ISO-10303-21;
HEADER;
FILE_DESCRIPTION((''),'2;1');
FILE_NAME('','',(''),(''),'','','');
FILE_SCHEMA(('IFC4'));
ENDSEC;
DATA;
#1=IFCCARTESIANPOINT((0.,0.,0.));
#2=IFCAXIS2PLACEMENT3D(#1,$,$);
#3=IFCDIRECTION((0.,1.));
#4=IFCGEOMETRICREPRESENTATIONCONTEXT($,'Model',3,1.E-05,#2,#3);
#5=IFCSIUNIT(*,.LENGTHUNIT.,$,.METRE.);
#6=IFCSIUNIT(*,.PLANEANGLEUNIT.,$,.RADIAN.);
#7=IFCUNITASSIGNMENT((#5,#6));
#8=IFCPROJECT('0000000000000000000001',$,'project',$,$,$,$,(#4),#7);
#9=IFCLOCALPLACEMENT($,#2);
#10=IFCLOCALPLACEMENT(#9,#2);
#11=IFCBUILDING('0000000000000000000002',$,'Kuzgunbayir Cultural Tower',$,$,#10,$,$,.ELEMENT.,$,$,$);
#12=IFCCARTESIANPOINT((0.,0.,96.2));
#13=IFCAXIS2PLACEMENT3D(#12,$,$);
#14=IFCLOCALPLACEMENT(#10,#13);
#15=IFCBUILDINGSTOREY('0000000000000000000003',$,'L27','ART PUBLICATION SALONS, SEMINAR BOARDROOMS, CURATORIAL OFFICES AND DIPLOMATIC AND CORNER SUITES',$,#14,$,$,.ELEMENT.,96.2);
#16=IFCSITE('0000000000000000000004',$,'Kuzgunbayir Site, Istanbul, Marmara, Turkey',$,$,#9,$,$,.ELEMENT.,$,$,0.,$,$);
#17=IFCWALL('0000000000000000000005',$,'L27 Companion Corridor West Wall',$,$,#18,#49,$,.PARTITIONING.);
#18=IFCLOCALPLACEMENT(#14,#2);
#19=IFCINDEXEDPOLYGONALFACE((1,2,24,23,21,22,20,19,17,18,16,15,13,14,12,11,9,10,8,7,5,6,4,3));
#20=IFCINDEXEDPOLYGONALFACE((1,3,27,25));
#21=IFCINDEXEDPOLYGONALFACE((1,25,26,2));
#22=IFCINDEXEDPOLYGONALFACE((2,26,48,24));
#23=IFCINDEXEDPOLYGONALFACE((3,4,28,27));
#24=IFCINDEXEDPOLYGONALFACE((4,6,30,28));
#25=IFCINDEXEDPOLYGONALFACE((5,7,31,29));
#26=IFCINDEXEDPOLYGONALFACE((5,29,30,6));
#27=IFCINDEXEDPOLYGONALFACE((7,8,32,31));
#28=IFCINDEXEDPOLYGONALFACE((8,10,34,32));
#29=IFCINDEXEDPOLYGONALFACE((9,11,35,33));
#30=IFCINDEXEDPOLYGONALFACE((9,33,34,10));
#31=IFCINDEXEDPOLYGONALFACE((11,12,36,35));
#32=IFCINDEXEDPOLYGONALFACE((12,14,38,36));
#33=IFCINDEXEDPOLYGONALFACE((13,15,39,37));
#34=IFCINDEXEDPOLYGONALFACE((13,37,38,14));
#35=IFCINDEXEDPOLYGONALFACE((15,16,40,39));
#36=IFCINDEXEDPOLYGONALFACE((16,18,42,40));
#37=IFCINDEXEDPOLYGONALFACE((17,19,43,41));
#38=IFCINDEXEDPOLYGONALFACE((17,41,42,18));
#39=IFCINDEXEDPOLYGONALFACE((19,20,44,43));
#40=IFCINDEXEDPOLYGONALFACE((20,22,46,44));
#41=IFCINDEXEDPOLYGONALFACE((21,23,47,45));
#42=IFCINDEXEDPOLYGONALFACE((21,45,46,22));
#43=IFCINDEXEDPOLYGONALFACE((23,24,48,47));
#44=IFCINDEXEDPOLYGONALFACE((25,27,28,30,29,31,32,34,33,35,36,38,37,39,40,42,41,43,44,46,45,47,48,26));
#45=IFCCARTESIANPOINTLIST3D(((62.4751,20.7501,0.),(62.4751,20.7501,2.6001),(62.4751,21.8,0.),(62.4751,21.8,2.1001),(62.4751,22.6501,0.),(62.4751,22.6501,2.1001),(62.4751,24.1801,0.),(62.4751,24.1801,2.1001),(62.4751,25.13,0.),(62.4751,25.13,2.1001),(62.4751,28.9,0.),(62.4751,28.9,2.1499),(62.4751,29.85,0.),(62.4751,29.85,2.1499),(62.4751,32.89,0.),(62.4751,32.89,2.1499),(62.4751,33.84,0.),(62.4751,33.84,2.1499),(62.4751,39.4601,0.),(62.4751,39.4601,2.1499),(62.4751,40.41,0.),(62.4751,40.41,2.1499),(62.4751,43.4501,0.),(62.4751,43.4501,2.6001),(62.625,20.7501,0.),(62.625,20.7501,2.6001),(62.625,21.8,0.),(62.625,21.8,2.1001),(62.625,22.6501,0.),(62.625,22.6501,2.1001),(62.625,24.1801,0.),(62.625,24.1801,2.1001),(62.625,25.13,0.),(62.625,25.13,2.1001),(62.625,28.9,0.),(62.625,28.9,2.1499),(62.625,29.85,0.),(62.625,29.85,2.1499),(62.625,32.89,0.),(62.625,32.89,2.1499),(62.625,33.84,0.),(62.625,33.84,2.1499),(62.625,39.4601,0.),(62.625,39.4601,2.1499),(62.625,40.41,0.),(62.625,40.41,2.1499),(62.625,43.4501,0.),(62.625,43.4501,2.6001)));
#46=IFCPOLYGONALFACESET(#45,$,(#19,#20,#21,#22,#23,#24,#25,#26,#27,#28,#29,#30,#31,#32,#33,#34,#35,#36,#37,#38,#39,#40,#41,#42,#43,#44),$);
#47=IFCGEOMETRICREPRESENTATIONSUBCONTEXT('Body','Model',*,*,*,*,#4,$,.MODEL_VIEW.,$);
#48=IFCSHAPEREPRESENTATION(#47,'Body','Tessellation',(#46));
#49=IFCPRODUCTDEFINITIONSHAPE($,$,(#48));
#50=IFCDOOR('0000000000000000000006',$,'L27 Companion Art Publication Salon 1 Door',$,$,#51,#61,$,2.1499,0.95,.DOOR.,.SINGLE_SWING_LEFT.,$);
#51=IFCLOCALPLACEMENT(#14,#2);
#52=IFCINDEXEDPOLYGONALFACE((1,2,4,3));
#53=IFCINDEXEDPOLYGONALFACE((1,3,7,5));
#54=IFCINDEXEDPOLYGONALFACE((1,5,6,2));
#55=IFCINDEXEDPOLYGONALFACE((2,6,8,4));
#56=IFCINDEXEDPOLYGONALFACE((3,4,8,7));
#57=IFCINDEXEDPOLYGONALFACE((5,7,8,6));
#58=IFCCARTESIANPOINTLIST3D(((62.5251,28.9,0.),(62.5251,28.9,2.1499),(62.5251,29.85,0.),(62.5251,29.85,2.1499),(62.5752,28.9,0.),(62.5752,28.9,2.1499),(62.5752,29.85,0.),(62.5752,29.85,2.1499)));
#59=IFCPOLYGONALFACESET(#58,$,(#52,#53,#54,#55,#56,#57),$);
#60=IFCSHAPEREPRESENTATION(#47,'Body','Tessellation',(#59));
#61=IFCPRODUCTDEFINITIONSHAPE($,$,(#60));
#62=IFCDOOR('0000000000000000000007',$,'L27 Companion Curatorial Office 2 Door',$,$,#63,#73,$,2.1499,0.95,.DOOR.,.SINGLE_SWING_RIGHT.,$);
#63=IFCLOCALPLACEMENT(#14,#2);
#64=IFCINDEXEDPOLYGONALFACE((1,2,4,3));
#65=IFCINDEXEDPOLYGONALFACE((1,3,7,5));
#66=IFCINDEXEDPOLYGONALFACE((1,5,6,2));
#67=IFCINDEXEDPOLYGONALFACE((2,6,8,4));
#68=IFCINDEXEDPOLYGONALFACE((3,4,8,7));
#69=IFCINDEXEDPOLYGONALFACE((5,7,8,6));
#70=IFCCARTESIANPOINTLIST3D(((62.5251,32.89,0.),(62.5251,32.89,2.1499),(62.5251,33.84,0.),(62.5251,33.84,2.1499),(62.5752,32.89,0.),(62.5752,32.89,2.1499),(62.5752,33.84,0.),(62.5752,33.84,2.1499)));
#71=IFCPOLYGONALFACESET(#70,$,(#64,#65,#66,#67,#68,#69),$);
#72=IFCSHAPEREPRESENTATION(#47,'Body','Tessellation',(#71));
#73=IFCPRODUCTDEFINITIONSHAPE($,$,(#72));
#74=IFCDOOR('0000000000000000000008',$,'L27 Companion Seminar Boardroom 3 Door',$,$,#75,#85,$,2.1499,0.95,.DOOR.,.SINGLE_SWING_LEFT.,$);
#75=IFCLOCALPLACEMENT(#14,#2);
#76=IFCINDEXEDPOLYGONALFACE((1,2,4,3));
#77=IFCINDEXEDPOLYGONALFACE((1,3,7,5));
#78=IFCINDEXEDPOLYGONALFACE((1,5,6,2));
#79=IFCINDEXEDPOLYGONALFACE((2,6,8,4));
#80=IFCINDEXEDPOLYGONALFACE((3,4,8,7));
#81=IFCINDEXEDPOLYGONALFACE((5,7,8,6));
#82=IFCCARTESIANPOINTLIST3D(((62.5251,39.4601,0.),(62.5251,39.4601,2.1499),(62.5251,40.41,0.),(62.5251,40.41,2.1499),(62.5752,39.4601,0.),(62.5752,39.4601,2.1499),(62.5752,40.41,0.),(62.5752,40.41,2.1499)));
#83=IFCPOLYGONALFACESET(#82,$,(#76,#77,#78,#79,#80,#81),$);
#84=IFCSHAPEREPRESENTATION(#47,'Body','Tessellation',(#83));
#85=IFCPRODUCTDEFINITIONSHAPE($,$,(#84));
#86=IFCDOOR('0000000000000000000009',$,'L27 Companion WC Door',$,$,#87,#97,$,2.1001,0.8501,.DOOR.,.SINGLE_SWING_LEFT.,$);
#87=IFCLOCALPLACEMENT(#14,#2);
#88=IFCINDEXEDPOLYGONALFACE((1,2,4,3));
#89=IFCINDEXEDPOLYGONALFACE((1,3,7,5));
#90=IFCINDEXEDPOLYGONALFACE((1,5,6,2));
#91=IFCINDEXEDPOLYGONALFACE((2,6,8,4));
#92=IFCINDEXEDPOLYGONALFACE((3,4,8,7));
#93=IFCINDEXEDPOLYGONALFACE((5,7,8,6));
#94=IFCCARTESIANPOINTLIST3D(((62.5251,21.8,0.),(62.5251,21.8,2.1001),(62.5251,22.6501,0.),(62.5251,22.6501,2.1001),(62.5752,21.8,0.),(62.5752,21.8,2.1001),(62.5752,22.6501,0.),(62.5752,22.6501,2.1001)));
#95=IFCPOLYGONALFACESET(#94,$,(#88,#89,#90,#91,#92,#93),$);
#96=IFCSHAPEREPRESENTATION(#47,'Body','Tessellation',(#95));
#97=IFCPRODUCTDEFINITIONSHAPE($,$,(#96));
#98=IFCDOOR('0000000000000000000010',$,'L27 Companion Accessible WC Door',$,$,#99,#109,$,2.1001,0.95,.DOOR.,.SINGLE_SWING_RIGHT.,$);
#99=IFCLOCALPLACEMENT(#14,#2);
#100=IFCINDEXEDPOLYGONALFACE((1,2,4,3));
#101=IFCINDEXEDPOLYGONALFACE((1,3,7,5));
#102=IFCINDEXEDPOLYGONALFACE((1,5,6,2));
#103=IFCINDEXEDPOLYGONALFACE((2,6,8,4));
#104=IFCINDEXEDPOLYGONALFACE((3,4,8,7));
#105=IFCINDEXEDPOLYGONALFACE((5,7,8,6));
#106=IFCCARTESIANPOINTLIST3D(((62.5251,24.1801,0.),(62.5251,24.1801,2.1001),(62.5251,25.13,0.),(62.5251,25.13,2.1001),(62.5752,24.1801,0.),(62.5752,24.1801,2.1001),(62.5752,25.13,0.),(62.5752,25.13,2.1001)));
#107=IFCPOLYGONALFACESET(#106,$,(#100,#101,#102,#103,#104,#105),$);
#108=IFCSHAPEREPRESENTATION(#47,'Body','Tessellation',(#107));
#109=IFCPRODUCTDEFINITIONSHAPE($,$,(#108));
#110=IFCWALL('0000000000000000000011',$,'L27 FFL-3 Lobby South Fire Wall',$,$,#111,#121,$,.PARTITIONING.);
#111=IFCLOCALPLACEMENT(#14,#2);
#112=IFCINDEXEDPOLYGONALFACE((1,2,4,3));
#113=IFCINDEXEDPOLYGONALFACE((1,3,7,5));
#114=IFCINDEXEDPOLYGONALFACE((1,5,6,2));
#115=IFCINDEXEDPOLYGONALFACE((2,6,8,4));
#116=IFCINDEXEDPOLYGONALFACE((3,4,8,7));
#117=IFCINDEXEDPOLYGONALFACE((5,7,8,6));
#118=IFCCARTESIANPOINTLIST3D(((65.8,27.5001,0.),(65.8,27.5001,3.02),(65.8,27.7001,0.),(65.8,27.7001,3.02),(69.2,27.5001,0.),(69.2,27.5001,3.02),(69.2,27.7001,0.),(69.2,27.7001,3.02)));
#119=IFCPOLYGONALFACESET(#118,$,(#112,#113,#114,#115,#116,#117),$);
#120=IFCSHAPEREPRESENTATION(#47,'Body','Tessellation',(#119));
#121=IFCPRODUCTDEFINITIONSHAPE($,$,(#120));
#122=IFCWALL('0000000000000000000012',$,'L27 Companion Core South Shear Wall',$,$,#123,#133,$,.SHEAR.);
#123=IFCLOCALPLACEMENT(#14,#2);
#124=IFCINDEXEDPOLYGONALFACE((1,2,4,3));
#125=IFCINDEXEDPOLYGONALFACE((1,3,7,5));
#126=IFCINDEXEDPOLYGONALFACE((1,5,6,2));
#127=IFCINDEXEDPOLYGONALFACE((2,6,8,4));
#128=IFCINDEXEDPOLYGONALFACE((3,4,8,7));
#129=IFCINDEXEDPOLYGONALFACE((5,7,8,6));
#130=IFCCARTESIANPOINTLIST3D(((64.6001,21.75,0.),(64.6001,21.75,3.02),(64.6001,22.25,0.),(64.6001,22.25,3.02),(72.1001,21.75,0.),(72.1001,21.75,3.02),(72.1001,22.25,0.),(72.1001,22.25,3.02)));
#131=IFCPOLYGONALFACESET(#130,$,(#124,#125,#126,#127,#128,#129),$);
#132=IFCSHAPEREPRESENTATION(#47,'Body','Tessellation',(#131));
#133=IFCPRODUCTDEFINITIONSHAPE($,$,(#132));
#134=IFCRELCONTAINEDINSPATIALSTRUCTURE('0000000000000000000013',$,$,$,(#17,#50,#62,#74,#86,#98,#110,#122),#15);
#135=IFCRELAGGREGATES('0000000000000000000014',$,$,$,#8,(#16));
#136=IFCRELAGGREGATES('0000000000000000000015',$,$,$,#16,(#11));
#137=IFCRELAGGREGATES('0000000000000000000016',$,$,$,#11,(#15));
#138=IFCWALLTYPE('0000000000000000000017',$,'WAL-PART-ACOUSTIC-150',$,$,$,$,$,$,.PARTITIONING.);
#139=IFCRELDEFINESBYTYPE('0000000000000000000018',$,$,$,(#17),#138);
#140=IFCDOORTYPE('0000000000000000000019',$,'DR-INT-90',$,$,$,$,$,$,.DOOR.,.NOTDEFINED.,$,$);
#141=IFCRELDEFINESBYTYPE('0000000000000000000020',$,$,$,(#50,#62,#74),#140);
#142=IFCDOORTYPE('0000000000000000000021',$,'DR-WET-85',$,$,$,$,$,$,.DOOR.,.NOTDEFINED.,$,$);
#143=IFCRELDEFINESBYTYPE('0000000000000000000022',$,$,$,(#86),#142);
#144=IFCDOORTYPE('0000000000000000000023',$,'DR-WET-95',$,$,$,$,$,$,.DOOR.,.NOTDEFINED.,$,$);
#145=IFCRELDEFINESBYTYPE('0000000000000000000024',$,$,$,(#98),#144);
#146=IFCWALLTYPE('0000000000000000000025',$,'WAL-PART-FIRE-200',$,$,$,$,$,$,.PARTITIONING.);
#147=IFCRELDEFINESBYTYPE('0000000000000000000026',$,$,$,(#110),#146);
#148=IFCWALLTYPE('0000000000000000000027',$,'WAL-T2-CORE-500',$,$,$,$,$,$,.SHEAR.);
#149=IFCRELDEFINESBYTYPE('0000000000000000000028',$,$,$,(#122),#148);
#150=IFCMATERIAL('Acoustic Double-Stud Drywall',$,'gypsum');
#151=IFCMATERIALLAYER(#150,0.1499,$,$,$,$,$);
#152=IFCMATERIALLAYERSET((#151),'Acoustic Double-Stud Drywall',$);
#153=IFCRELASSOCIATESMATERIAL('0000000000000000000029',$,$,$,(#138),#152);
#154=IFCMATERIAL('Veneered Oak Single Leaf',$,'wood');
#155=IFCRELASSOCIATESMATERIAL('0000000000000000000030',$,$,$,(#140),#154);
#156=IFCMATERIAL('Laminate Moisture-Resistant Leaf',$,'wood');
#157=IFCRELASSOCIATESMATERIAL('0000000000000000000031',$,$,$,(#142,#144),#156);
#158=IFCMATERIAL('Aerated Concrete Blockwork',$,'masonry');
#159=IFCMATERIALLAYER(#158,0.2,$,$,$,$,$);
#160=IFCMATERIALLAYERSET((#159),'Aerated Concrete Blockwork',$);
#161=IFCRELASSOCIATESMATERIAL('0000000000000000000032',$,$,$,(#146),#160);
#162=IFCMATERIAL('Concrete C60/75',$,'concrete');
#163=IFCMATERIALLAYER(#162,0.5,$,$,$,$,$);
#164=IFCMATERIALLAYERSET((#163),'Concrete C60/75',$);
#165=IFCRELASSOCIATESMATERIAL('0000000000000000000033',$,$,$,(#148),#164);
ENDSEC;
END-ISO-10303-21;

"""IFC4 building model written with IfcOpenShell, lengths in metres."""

from ifc_helpers import new_model, si_unit, direction, frame, frame_2d, origin, place, context, subcontext, project, spatial, rectangle, extrude, material, layer, layer_set, type_object, element, fill, save


model = new_model("IFC4")

# Units and contexts
model_context = context("Model", 3, precision=1e-05, world=origin(), true_north=direction((0.0, 1.0)))
body_context = subcontext(model_context, "Body", "Model", "MODEL_VIEW")
ifc_project = project(units=[si_unit("LENGTHUNIT", "METRE"), si_unit("PLANEANGLEUNIT", "RADIAN")], contexts=[model_context])

# Site, building, storey
site_placement = place(None, origin())
site = spatial("IfcSite", under=ifc_project, at=site_placement, Name="Kuzgunbayir Site, Istanbul, Marmara, Turkey", CompositionType="ELEMENT", RefElevation=0.0)
building_placement = place(site_placement, origin())
building = spatial("IfcBuilding", under=site, at=building_placement, Name="Kuzgunbayir Cultural Tower", CompositionType="ELEMENT")
storey_placement = place(building_placement, frame((0.0, 0.0, 96.2)))
storey = spatial("IfcBuildingStorey", under=building, at=storey_placement, Name="L27", Description="ART PUBLICATION SALONS, SEMINAR BOARDROOMS, CURATORIAL OFFICES AND DIPLOMATIC AND CORNER SUITES", CompositionType="ELEMENT", Elevation=96.2)

# Shared definitions
ifc_material_1 = material(Name="Concrete C60/75", Category="concrete")

# Shared definitions
ifc_material_2 = material(Name="Acoustic Double-Stud Drywall", Category="gypsum")
ifc_layer_1 = layer(ifc_material_2, 0.1499)
ifc_layer_set_1 = layer_set([ifc_layer_1], Name="Acoustic Double-Stud Drywall")
wall_type_1 = type_object("IfcWallType", Name="WAL-PART-ACOUSTIC-150", PredefinedType="PARTITIONING", material=ifc_layer_set_1)
ifc_material_3 = material(Name="Veneered Oak Single Leaf", Category="wood")
door_type_1 = type_object("IfcDoorType", Name="DR-INT-90", OperationType="NOTDEFINED", PredefinedType="DOOR", material=ifc_material_3)

# Wall, openings, doors
wall_1_placement = place(storey_placement, frame((62.55, 20.75, 0.0), z_axis=(0.0, 0.0, 1.0), x_axis=(0.0, 1.0, 0.0)))
wall_1 = element("IfcWall", 1, at=wall_1_placement, inside=storey, type_object=wall_type_1, Name="L27 Companion Corridor West Wall", PredefinedType="PARTITIONING", context=body_context, shape_type="SweptSolid", body=[
    extrude(rectangle(XDim=22.7, YDim=0.1499, at=frame_2d((11.3501, 0.0))), origin(), (0.0, 0.0, 1.0), 2.6001),
])
opening_1_placement = place(wall_1_placement, frame((1.05, 0.0, 0.0)))
opening_1 = element("IfcOpeningElement", 2, at=opening_1_placement, cuts=wall_1, PredefinedType="OPENING", context=body_context, shape_type="SweptSolid", body=[
    extrude(rectangle(XDim=0.8501, YDim=2.1001, at=frame_2d((0.425, 1.05))), frame((0.0, 0.085, 0.0), z_axis=(0.0, -1.0, 0.0), x_axis=(1.0, 0.0, 0.0)), (0.0, 0.0, 1.0), 0.1699),
])
opening_2_placement = place(wall_1_placement, frame((3.4299, 0.0, 0.0)))
opening_2 = element("IfcOpeningElement", 3, at=opening_2_placement, cuts=wall_1, PredefinedType="OPENING", context=body_context, shape_type="SweptSolid", body=[
    extrude(rectangle(XDim=0.95, YDim=2.1001, at=frame_2d((0.4751, 1.05))), frame((0.0, 0.085, 0.0), z_axis=(0.0, -1.0, 0.0), x_axis=(1.0, 0.0, 0.0)), (0.0, 0.0, 1.0), 0.1699),
])
opening_3_placement = place(wall_1_placement, frame((8.1499, 0.0, 0.0)))
opening_3 = element("IfcOpeningElement", 4, at=opening_3_placement, cuts=wall_1, PredefinedType="OPENING", context=body_context, shape_type="SweptSolid", body=[
    extrude(rectangle(XDim=0.95, YDim=2.1499, at=frame_2d((0.4751, 1.075))), frame((0.0, 0.085, 0.0), z_axis=(0.0, -1.0, 0.0), x_axis=(1.0, 0.0, 0.0)), (0.0, 0.0, 1.0), 0.1699),
])
opening_4_placement = place(wall_1_placement, frame((12.1399, 0.0, 0.0)))
opening_4 = element("IfcOpeningElement", 5, at=opening_4_placement, cuts=wall_1, PredefinedType="OPENING", context=body_context, shape_type="SweptSolid", body=[
    extrude(rectangle(XDim=0.95, YDim=2.1499, at=frame_2d((0.4751, 1.075))), frame((0.0, 0.085, 0.0), z_axis=(0.0, -1.0, 0.0), x_axis=(1.0, 0.0, 0.0)), (0.0, 0.0, 1.0), 0.1699),
])
opening_5_placement = place(wall_1_placement, frame((18.71, 0.0, 0.0)))
opening_5 = element("IfcOpeningElement", 6, at=opening_5_placement, cuts=wall_1, PredefinedType="OPENING", context=body_context, shape_type="SweptSolid", body=[
    extrude(rectangle(XDim=0.95, YDim=2.1499, at=frame_2d((0.4751, 1.075))), frame((0.0, 0.085, 0.0), z_axis=(0.0, -1.0, 0.0), x_axis=(1.0, 0.0, 0.0)), (0.0, 0.0, 1.0), 0.1699),
])
door_1_placement = place(opening_3_placement, origin())
door_1 = element("IfcDoor", 7, at=door_1_placement, inside=storey, type_object=door_type_1, Name="L27 Companion Art Publication Salon 1 Door", OperationType="SINGLE_SWING_LEFT", OverallHeight=2.1499, OverallWidth=0.95, PredefinedType="DOOR", context=body_context, shape_type="SweptSolid", body=[
    extrude(rectangle(XDim=0.95, YDim=2.1499, at=frame_2d((0.4751, 1.075))), frame((0.0, 0.0249, 0.0), z_axis=(0.0, -1.0, 0.0), x_axis=(1.0, 0.0, 0.0)), (0.0, 0.0, 1.0), 0.05),
])
fill(opening_3, door_1)
door_2_placement = place(opening_4_placement, origin())
door_2 = element("IfcDoor", 8, at=door_2_placement, inside=storey, type_object=door_type_1, Name="L27 Companion Curatorial Office 2 Door", OperationType="SINGLE_SWING_RIGHT", OverallHeight=2.1499, OverallWidth=0.95, PredefinedType="DOOR", context=body_context, shape_type="SweptSolid", body=[
    extrude(rectangle(XDim=0.95, YDim=2.1499, at=frame_2d((0.4751, 1.075))), frame((0.0, 0.0249, 0.0), z_axis=(0.0, -1.0, 0.0), x_axis=(1.0, 0.0, 0.0)), (0.0, 0.0, 1.0), 0.05),
])
fill(opening_4, door_2)
door_3_placement = place(opening_5_placement, origin())
door_3 = element("IfcDoor", 9, at=door_3_placement, inside=storey, type_object=door_type_1, Name="L27 Companion Seminar Boardroom 3 Door", OperationType="SINGLE_SWING_LEFT", OverallHeight=2.1499, OverallWidth=0.95, PredefinedType="DOOR", context=body_context, shape_type="SweptSolid", body=[
    extrude(rectangle(XDim=0.95, YDim=2.1499, at=frame_2d((0.4751, 1.075))), frame((0.0, 0.0249, 0.0), z_axis=(0.0, -1.0, 0.0), x_axis=(1.0, 0.0, 0.0)), (0.0, 0.0, 1.0), 0.05),
])
fill(opening_5, door_3)
ifc_material_4 = material(Name="Laminate Moisture-Resistant Leaf", Category="wood")
door_type_2 = type_object("IfcDoorType", Name="DR-WET-85", OperationType="NOTDEFINED", PredefinedType="DOOR", material=ifc_material_4)
door_4_placement = place(opening_1_placement, origin())
door_4 = element("IfcDoor", 10, at=door_4_placement, inside=storey, type_object=door_type_2, Name="L27 Companion WC Door", OperationType="SINGLE_SWING_LEFT", OverallHeight=2.1001, OverallWidth=0.8501, PredefinedType="DOOR", context=body_context, shape_type="SweptSolid", body=[
    extrude(rectangle(XDim=0.8501, YDim=2.1001, at=frame_2d((0.425, 1.05))), frame((0.0, 0.0249, 0.0), z_axis=(0.0, -1.0, 0.0), x_axis=(1.0, 0.0, 0.0)), (0.0, 0.0, 1.0), 0.05),
])
fill(opening_1, door_4)
door_type_3 = type_object("IfcDoorType", Name="DR-WET-95", OperationType="NOTDEFINED", PredefinedType="DOOR", material=ifc_material_4)
door_5_placement = place(opening_2_placement, origin())
door_5 = element("IfcDoor", 11, at=door_5_placement, inside=storey, type_object=door_type_3, Name="L27 Companion Accessible WC Door", OperationType="SINGLE_SWING_RIGHT", OverallHeight=2.1001, OverallWidth=0.95, PredefinedType="DOOR", context=body_context, shape_type="SweptSolid", body=[
    extrude(rectangle(XDim=0.95, YDim=2.1001, at=frame_2d((0.4751, 1.05))), frame((0.0, 0.0249, 0.0), z_axis=(0.0, -1.0, 0.0), x_axis=(1.0, 0.0, 0.0)), (0.0, 0.0, 1.0), 0.05),
])
fill(opening_2, door_5)

# Shared definitions
ifc_material_5 = material(Name="Aerated Concrete Blockwork", Category="masonry")
ifc_layer_2 = layer(ifc_material_5, 0.2)
ifc_layer_set_2 = layer_set([ifc_layer_2], Name="Aerated Concrete Blockwork")
wall_type_2 = type_object("IfcWallType", Name="WAL-PART-FIRE-200", PredefinedType="PARTITIONING", material=ifc_layer_set_2)

# Walls
wall_2_placement = place(storey_placement, frame((65.8, 27.6001, 0.0), z_axis=(0.0, 0.0, 1.0), x_axis=(1.0, 0.0, 0.0)))
element("IfcWall", 12, at=wall_2_placement, inside=storey, type_object=wall_type_2, Name="L27 FFL-3 Lobby South Fire Wall", PredefinedType="PARTITIONING", context=body_context, shape_type="SweptSolid", body=[
    extrude(rectangle(XDim=3.3999, YDim=0.2, at=frame_2d((1.7, 0.0))), origin(), (0.0, 0.0, 1.0), 3.02),
])
ifc_layer_3 = layer(ifc_material_1, 0.5)
ifc_layer_set_3 = layer_set([ifc_layer_3], Name="Concrete C60/75")
wall_type_3 = type_object("IfcWallType", Name="WAL-T2-CORE-500", PredefinedType="SHEAR", material=ifc_layer_set_3)
wall_3_placement = place(storey_placement, frame((64.6001, 22.0, 0.0), z_axis=(0.0, 0.0, 1.0), x_axis=(1.0, 0.0, 0.0)))
element("IfcWall", 13, at=wall_3_placement, inside=storey, type_object=wall_type_3, Name="L27 Companion Core South Shear Wall", PredefinedType="SHEAR", context=body_context, shape_type="SweptSolid", body=[
    extrude(rectangle(XDim=7.5, YDim=0.5, at=frame_2d((3.75, 0.0))), origin(), (0.0, 0.0, 1.0), 3.02),
])

save(model, "model.ifc")
